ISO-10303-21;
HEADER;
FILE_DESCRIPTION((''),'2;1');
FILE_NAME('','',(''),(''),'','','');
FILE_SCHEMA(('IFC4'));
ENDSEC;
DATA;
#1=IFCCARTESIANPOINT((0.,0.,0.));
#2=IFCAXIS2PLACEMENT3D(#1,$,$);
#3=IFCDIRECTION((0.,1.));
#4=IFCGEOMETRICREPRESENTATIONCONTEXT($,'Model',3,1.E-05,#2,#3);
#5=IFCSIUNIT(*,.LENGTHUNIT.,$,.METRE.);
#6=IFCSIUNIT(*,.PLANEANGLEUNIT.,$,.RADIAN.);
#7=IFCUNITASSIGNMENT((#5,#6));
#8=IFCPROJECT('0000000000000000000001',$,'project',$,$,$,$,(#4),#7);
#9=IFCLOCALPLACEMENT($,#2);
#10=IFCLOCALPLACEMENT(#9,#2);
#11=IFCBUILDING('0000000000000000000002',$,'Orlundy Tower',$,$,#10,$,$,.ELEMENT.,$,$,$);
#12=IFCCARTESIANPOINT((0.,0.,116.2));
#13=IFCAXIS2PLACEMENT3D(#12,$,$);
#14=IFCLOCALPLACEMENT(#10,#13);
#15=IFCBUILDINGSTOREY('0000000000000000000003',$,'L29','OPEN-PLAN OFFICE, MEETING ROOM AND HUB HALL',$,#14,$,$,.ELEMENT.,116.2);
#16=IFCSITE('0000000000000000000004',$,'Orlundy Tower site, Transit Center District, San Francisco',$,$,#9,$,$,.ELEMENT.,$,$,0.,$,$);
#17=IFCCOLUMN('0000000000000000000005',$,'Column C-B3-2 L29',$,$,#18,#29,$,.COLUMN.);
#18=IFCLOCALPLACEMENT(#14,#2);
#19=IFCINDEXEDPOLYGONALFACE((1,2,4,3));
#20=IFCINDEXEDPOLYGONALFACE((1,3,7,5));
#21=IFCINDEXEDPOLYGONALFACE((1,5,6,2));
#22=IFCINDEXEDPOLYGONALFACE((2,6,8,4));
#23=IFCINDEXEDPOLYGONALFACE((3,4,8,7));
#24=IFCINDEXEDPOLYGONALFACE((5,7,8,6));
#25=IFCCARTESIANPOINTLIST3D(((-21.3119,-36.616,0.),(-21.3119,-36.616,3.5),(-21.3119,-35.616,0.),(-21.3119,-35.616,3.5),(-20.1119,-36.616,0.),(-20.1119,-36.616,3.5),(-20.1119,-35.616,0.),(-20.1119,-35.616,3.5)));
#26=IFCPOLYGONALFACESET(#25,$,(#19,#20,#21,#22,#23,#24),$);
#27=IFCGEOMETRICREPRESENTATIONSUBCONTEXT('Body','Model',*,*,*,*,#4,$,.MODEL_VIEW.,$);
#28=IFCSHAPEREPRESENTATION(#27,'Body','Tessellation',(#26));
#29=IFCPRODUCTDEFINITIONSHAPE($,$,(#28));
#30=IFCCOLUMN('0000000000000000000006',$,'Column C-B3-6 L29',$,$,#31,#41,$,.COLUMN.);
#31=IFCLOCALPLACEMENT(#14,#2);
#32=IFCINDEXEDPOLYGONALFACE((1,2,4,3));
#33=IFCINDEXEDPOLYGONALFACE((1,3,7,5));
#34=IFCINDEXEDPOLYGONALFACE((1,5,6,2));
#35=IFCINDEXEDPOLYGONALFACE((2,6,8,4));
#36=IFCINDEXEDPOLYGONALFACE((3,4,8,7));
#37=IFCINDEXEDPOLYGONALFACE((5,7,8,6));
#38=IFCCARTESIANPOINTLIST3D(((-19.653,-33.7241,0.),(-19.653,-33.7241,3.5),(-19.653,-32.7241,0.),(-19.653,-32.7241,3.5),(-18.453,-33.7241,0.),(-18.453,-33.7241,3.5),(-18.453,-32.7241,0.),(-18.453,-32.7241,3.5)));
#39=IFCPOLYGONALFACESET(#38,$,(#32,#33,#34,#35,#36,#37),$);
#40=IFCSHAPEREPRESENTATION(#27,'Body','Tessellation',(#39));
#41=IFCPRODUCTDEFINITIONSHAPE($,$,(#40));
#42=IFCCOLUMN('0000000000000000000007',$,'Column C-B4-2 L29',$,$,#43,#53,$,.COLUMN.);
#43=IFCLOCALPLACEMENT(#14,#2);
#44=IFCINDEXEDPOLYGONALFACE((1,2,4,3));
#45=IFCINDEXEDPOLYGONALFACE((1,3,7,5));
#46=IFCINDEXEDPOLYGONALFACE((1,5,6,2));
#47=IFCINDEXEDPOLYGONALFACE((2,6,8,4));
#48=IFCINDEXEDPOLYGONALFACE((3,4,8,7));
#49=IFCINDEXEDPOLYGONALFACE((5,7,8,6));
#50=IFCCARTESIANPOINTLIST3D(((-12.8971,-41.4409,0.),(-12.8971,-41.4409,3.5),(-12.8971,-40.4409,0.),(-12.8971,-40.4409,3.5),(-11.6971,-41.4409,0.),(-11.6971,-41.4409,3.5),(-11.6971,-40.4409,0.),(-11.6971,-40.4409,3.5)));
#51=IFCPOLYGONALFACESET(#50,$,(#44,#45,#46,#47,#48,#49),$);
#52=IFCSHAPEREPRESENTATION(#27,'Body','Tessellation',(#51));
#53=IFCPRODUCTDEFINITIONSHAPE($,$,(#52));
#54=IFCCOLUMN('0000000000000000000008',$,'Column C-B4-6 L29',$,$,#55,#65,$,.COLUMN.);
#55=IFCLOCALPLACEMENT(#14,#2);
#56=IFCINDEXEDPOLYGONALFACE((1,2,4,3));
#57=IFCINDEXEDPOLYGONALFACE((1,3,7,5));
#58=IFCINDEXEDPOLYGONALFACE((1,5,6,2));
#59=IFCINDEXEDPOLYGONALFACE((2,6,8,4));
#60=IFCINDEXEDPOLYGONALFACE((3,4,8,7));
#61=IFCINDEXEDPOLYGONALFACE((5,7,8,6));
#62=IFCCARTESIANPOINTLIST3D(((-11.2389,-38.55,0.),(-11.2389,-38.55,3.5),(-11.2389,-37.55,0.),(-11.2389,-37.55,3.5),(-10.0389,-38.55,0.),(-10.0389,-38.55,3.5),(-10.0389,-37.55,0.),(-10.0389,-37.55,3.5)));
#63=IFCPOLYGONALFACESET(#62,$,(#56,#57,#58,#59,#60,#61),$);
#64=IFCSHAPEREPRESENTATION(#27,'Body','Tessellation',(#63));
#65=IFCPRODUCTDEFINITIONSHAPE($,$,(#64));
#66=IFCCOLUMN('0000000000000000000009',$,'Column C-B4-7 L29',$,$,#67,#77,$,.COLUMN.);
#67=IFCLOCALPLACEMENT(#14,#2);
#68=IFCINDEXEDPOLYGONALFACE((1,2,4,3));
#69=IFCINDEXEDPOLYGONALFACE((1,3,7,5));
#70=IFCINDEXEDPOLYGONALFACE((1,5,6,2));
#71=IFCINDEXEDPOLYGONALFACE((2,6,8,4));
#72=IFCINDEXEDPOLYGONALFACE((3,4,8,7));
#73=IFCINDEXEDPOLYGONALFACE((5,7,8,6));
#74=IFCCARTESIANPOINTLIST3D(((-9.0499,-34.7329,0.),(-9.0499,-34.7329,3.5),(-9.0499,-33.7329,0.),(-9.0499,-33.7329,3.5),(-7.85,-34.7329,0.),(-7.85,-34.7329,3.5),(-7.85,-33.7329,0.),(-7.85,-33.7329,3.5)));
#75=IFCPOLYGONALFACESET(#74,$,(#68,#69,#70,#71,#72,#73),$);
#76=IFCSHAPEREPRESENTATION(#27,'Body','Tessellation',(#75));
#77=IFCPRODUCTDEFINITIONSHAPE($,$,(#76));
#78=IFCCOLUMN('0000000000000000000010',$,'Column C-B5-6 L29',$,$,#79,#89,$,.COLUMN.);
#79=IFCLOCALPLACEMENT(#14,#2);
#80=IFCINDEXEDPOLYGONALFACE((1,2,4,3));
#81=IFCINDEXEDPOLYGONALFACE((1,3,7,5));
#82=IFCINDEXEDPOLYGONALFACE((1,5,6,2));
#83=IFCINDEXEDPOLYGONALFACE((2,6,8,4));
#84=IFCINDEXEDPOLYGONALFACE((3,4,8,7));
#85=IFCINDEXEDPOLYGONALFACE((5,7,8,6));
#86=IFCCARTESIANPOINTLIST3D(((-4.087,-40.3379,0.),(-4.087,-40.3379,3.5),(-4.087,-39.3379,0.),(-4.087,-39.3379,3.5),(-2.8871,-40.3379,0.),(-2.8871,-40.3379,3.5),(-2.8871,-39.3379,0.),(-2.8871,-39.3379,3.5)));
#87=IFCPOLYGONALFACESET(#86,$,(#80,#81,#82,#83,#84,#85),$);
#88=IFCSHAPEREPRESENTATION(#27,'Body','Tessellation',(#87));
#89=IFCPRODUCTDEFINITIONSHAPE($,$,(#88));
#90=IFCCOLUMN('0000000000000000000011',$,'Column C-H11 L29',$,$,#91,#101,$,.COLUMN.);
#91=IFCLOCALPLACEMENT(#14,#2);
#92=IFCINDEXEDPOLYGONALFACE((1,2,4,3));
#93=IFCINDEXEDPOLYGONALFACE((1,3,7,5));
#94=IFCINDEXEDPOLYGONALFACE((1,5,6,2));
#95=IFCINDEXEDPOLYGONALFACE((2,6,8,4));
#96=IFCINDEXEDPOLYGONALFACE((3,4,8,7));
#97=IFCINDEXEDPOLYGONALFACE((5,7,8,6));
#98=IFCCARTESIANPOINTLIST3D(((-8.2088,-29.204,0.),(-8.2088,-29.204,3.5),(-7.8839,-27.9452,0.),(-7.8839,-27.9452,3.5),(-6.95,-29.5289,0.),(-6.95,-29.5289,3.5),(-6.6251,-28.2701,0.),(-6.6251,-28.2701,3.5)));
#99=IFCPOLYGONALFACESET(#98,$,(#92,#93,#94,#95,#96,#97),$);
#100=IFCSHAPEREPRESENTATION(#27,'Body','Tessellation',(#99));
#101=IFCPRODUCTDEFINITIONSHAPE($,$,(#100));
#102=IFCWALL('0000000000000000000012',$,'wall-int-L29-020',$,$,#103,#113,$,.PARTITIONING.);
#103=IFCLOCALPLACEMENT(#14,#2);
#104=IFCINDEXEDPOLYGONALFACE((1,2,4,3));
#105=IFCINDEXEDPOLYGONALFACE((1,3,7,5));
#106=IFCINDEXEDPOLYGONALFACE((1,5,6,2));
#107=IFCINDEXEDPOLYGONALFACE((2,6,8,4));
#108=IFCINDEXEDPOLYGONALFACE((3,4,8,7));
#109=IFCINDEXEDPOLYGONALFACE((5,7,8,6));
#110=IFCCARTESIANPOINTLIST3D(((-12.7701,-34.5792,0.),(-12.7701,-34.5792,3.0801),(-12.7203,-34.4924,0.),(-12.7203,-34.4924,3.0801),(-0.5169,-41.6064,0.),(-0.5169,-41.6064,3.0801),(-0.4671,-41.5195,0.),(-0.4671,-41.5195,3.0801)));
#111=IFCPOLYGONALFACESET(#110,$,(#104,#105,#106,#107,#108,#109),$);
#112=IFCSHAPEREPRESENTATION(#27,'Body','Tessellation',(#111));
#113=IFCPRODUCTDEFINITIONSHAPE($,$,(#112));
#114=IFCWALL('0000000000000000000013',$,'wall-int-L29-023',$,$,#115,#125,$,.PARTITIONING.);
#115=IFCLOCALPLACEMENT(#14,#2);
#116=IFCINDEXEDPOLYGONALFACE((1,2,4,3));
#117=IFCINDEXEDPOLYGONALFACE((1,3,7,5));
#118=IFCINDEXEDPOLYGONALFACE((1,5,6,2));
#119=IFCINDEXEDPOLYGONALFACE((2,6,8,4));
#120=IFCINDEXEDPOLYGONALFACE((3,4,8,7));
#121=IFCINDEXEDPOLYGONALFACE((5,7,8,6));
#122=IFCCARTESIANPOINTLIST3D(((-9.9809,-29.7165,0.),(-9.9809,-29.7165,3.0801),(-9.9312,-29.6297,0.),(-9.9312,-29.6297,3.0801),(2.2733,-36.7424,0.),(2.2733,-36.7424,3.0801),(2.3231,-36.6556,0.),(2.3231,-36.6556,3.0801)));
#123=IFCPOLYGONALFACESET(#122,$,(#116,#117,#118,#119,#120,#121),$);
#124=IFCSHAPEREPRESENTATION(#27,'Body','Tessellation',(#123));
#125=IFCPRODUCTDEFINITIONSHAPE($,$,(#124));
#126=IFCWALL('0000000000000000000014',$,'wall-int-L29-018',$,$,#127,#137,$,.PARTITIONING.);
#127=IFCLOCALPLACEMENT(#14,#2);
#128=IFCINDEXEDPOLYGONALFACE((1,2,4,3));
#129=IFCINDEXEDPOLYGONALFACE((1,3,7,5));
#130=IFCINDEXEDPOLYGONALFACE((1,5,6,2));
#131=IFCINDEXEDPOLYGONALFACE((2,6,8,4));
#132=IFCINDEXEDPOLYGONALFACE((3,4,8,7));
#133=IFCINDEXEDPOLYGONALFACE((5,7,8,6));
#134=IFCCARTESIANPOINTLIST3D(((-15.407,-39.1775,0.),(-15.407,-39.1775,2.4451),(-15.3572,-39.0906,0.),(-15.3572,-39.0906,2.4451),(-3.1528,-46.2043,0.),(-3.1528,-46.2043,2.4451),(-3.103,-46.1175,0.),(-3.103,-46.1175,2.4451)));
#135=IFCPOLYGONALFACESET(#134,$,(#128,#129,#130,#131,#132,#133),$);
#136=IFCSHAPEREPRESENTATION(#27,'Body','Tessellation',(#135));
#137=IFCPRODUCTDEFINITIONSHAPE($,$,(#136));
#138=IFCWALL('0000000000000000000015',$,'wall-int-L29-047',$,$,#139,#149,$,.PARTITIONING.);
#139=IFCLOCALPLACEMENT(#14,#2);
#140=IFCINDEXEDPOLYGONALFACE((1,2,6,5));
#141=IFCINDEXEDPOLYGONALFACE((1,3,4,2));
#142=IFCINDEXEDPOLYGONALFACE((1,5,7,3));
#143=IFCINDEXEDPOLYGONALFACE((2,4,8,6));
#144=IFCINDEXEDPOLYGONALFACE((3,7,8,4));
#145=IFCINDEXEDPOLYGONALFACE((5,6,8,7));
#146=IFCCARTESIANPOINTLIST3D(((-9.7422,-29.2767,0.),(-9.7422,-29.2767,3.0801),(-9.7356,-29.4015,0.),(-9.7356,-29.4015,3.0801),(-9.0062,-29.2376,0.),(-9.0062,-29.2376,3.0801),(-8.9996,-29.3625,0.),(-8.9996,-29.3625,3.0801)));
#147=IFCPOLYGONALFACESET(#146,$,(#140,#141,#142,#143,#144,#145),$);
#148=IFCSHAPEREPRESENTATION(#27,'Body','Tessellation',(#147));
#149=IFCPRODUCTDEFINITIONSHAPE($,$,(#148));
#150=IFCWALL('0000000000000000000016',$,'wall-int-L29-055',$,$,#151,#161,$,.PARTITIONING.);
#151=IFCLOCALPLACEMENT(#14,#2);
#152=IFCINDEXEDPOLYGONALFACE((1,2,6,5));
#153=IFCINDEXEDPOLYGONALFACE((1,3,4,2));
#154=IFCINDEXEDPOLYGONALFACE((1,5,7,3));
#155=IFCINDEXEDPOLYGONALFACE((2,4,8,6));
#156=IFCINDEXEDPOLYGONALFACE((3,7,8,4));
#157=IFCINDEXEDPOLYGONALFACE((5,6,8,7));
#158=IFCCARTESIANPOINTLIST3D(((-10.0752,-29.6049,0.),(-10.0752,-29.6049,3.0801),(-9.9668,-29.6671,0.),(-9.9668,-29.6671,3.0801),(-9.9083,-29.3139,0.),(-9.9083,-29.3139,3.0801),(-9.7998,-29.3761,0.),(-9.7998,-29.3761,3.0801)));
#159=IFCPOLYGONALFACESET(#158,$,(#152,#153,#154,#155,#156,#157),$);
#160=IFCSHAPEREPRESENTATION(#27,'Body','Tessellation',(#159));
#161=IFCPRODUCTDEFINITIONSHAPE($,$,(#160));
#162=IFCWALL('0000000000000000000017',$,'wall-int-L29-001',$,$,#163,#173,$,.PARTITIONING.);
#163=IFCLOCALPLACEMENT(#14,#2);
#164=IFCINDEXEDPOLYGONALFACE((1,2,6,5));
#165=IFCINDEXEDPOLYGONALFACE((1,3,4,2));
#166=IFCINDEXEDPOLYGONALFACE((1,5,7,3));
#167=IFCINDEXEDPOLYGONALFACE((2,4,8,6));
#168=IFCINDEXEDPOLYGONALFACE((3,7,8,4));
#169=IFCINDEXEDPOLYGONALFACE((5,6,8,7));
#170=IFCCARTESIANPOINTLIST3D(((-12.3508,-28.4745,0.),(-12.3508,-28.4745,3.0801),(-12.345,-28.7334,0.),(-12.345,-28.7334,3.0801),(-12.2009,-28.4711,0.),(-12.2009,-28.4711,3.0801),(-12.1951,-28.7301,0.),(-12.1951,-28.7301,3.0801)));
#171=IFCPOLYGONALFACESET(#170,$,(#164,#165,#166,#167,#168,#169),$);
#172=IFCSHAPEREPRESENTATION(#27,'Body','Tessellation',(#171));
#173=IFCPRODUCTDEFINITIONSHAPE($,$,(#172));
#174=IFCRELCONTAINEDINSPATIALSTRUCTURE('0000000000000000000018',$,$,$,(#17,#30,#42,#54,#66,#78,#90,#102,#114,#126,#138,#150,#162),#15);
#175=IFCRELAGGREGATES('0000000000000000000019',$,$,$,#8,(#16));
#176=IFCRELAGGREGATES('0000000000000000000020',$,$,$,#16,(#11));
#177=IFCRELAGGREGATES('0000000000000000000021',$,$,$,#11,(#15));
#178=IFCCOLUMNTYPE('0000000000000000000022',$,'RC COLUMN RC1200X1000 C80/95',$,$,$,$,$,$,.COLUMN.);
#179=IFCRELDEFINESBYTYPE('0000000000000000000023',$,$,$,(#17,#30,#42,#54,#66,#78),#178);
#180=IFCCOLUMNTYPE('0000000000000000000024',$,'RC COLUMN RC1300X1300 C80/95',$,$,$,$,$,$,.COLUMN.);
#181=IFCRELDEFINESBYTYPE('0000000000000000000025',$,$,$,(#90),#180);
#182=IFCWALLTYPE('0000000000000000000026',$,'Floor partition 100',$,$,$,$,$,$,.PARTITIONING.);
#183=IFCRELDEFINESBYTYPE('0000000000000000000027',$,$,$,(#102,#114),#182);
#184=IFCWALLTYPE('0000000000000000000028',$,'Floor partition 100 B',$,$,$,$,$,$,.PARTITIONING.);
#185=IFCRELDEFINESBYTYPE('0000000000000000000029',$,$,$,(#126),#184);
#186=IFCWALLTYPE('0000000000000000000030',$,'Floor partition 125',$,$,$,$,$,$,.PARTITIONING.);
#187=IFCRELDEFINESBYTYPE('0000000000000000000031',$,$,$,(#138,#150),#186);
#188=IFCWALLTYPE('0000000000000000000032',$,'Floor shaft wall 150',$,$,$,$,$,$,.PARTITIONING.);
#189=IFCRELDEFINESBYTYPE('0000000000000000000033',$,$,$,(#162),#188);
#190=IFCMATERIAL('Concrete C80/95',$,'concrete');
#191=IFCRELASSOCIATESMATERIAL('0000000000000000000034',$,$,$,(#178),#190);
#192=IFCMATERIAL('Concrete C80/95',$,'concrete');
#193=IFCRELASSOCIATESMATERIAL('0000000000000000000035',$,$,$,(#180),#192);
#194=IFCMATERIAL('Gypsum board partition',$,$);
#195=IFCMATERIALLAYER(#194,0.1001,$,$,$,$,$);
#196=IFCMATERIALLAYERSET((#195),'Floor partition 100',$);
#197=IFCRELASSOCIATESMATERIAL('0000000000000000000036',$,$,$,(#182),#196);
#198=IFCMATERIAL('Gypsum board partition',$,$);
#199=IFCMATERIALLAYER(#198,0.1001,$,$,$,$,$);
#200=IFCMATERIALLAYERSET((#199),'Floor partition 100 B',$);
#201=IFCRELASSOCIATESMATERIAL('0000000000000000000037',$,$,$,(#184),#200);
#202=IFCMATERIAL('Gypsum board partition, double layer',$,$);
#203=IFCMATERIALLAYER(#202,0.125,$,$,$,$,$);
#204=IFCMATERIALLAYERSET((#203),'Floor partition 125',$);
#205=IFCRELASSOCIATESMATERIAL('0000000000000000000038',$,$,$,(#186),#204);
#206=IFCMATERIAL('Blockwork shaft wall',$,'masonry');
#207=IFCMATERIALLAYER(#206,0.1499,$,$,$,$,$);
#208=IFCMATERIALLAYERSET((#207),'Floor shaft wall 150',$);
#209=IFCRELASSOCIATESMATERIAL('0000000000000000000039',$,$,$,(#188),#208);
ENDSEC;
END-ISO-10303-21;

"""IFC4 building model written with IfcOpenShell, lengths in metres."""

from ifc_helpers import new_model, si_unit, direction, frame, frame_2d, origin, origin_2d, place, context, subcontext, project, spatial, rectangle, extrude, material, layer, layer_set, material_profile, profile_set, type_object, element, save


model = new_model("IFC4")

# Units and contexts
model_context = context("Model", 3, precision=1e-05, world=origin(), true_north=direction((0.0, 1.0)))
body_context = subcontext(model_context, "Body", "Model", "MODEL_VIEW")
ifc_project = project(units=[si_unit("LENGTHUNIT", "METRE"), si_unit("PLANEANGLEUNIT", "RADIAN")], contexts=[model_context])

# Site, building, storey
site_placement = place(None, origin())
site = spatial("IfcSite", under=ifc_project, at=site_placement, Name="Orlundy Tower site, Transit Center District, San Francisco", CompositionType="ELEMENT", RefElevation=0.0)
building_placement = place(site_placement, origin())
building = spatial("IfcBuilding", under=site, at=building_placement, Name="Orlundy Tower", CompositionType="ELEMENT")
storey_placement = place(building_placement, frame((0.0, 0.0, 116.2)))
storey = spatial("IfcBuildingStorey", under=building, at=storey_placement, Name="L29", Description="OPEN-PLAN OFFICE, MEETING ROOM AND HUB HALL", CompositionType="ELEMENT", Elevation=116.2)

# Columns
ifc_material_1 = material(Name="Concrete C80/95", Category="concrete")
ifc_material_profile_1 = material_profile(ifc_material_1, rectangle(XDim=1.2, YDim=1.0, at=origin_2d()), Name="RC1200X1000")
ifc_profile_set_1 = profile_set([ifc_material_profile_1], Name="Concrete C80/95")
column_type_1 = type_object("IfcColumnType", Name="RC COLUMN RC1200X1000 C80/95", PredefinedType="COLUMN", material=ifc_profile_set_1)
for number, where, z_axis, x_axis, name in (
    (1, (-20.7119, -36.116, 0.0), (0.0, 0.0, 1.0), (1.0, 0.0, 0.0), "Column C-B3-2 L29"),
    (2, (-19.053, -33.2241, 0.0), (0.0, 0.0, 1.0), (1.0, 0.0, 0.0), "Column C-B3-6 L29"),
    (3, (-12.2971, -40.9409, 0.0), (0.0, 0.0, 1.0), (1.0, 0.0, 0.0), "Column C-B4-2 L29"),
    (4, (-10.6389, -38.05, 0.0), (0.0, 0.0, 1.0), (1.0, 0.0, 0.0), "Column C-B4-6 L29"),
    (5, (-8.45, -34.2329, 0.0), (0.0, 0.0, 1.0), (1.0, 0.0, 0.0), "Column C-B4-7 L29"),
    (6, (-3.4871, -39.8379, 0.0), (0.0, 0.0, 1.0), (1.0, 0.0, 0.0), "Column C-B5-6 L29"),
):
    element("IfcColumn", number, at=place(storey_placement, frame(where, z_axis=z_axis, x_axis=x_axis)), inside=storey, type_object=column_type_1, Name=name, PredefinedType="COLUMN", context=body_context, shape_type="SweptSolid", body=[
        extrude(rectangle(XDim=1.2, YDim=1.0, at=origin_2d()), origin(), (0.0, 0.0, 1.0), 3.5),
    ])
ifc_material_2 = material(Name="Concrete C80/95", Category="concrete")
ifc_material_profile_2 = material_profile(ifc_material_2, rectangle(XDim=1.3, YDim=1.3, at=origin_2d()), Name="RC1300X1300")
ifc_profile_set_2 = profile_set([ifc_material_profile_2], Name="Concrete C80/95")
column_type_2 = type_object("IfcColumnType", Name="RC COLUMN RC1300X1300 C80/95", PredefinedType="COLUMN", material=ifc_profile_set_2)
column_placement = place(storey_placement, frame((-7.417, -28.7371, 0.0), z_axis=(0.0, 0.0, 1.0), x_axis=(-0.249907, -0.96827, 0.0)))
element("IfcColumn", 7, at=column_placement, inside=storey, type_object=column_type_2, Name="Column C-H11 L29", PredefinedType="COLUMN", context=body_context, shape_type="SweptSolid", body=[
    extrude(rectangle(XDim=1.3, YDim=1.3, at=origin_2d()), origin(), (0.0, 0.0, 1.0), 3.5),
])

# Walls
ifc_material_3 = material(Name="Gypsum board partition")
ifc_layer_1 = layer(ifc_material_3, 0.1001)
ifc_layer_set_1 = layer_set([ifc_layer_1], Name="Floor partition 100")
wall_type_1 = type_object("IfcWallType", Name="Floor partition 100", PredefinedType="PARTITIONING", material=ifc_layer_set_1)
wall_1_placement = place(storey_placement, frame((-12.7451, -34.5359, 0.0), z_axis=(0.0, 0.0, 1.0), x_axis=(0.867471, -0.497488, 0.0)))
element("IfcWall", 8, at=wall_1_placement, inside=storey, type_object=wall_type_1, Name="wall-int-L29-020", PredefinedType="PARTITIONING", context=body_context, shape_type="SweptSolid", body=[
    extrude(rectangle(XDim=14.1252, YDim=0.1001, at=frame_2d((7.0625, 0.0))), origin(), (0.0, 0.0, 1.0), 3.0801),
])
wall_2_placement = place(storey_placement, frame((-9.9561, -29.6731, 0.0), z_axis=(0.0, 0.0, 1.0), x_axis=(0.867525, -0.497393, 0.0)))
element("IfcWall", 9, at=wall_2_placement, inside=storey, type_object=wall_type_1, Name="wall-int-L29-023", PredefinedType="PARTITIONING", context=body_context, shape_type="SweptSolid", body=[
    extrude(rectangle(XDim=14.1255, YDim=0.1001, at=frame_2d((7.0627, 0.0))), origin(), (0.0, 0.0, 1.0), 3.0801),
])
ifc_material_4 = material(Name="Gypsum board partition")
ifc_layer_2 = layer(ifc_material_4, 0.1001)
ifc_layer_set_2 = layer_set([ifc_layer_2], Name="Floor partition 100 B")
wall_type_2 = type_object("IfcWallType", Name="Floor partition 100 B", PredefinedType="PARTITIONING", material=ifc_layer_set_2)
wall_3_placement = place(storey_placement, frame((-15.3821, -39.134, 0.0), z_axis=(0.0, 0.0, 1.0), x_axis=(0.867496, -0.497445, 0.0)))
element("IfcWall", 10, at=wall_3_placement, inside=storey, type_object=wall_type_2, Name="wall-int-L29-018", PredefinedType="PARTITIONING", context=body_context, shape_type="SweptSolid", body=[
    extrude(rectangle(XDim=14.126, YDim=0.1001, at=frame_2d((7.063, 0.0))), origin(), (0.0, 0.0, 1.0), 2.4451),
])
ifc_material_5 = material(Name="Gypsum board partition, double layer")
ifc_layer_3 = layer(ifc_material_5, 0.125)
ifc_layer_set_3 = layer_set([ifc_layer_3], Name="Floor partition 125")
wall_type_3 = type_object("IfcWallType", Name="Floor partition 125", PredefinedType="PARTITIONING", material=ifc_layer_set_3)
wall_4_placement = place(storey_placement, frame((-9.739, -29.3391, 0.0), z_axis=(0.0, 0.0, 1.0), x_axis=(0.998595, 0.052993, 0.0)))
element("IfcWall", 11, at=wall_4_placement, inside=storey, type_object=wall_type_3, Name="wall-int-L29-047", PredefinedType="PARTITIONING", context=body_context, shape_type="SweptSolid", body=[
    extrude(rectangle(XDim=0.7371, YDim=0.125, at=frame_2d((0.3687, 0.0))), origin(), (0.0, 0.0, 1.0), 3.0801),
])
wall_5_placement = place(storey_placement, frame((-10.021, -29.636, 0.0), z_axis=(0.0, 0.0, 1.0), x_axis=(0.497705, 0.867346, 0.0)))
element("IfcWall", 12, at=wall_5_placement, inside=storey, type_object=wall_type_3, Name="wall-int-L29-055", PredefinedType="PARTITIONING", context=body_context, shape_type="SweptSolid", body=[
    extrude(rectangle(XDim=0.3354, YDim=0.125, at=frame_2d((0.1677, 0.0))), origin(), (0.0, 0.0, 1.0), 3.0801),
])
ifc_material_6 = material(Name="Blockwork shaft wall", Category="masonry")
ifc_layer_4 = layer(ifc_material_6, 0.1499)
ifc_layer_set_4 = layer_set([ifc_layer_4], Name="Floor shaft wall 150")
wall_type_4 = type_object("IfcWallType", Name="Floor shaft wall 150", PredefinedType="PARTITIONING", material=ifc_layer_set_4)
wall_6_placement = place(storey_placement, frame((-12.2759, -28.4729, 0.0), z_axis=(0.0, 0.0, 1.0), x_axis=(0.022614, -0.999744, 0.0)))
element("IfcWall", 13, at=wall_6_placement, inside=storey, type_object=wall_type_4, Name="wall-int-L29-001", PredefinedType="PARTITIONING", context=body_context, shape_type="SweptSolid", body=[
    extrude(rectangle(XDim=0.259, YDim=0.1499, at=frame_2d((0.1294, 0.0))), origin(), (0.0, 0.0, 1.0), 3.0801),
])

save(model, "model.ifc")
